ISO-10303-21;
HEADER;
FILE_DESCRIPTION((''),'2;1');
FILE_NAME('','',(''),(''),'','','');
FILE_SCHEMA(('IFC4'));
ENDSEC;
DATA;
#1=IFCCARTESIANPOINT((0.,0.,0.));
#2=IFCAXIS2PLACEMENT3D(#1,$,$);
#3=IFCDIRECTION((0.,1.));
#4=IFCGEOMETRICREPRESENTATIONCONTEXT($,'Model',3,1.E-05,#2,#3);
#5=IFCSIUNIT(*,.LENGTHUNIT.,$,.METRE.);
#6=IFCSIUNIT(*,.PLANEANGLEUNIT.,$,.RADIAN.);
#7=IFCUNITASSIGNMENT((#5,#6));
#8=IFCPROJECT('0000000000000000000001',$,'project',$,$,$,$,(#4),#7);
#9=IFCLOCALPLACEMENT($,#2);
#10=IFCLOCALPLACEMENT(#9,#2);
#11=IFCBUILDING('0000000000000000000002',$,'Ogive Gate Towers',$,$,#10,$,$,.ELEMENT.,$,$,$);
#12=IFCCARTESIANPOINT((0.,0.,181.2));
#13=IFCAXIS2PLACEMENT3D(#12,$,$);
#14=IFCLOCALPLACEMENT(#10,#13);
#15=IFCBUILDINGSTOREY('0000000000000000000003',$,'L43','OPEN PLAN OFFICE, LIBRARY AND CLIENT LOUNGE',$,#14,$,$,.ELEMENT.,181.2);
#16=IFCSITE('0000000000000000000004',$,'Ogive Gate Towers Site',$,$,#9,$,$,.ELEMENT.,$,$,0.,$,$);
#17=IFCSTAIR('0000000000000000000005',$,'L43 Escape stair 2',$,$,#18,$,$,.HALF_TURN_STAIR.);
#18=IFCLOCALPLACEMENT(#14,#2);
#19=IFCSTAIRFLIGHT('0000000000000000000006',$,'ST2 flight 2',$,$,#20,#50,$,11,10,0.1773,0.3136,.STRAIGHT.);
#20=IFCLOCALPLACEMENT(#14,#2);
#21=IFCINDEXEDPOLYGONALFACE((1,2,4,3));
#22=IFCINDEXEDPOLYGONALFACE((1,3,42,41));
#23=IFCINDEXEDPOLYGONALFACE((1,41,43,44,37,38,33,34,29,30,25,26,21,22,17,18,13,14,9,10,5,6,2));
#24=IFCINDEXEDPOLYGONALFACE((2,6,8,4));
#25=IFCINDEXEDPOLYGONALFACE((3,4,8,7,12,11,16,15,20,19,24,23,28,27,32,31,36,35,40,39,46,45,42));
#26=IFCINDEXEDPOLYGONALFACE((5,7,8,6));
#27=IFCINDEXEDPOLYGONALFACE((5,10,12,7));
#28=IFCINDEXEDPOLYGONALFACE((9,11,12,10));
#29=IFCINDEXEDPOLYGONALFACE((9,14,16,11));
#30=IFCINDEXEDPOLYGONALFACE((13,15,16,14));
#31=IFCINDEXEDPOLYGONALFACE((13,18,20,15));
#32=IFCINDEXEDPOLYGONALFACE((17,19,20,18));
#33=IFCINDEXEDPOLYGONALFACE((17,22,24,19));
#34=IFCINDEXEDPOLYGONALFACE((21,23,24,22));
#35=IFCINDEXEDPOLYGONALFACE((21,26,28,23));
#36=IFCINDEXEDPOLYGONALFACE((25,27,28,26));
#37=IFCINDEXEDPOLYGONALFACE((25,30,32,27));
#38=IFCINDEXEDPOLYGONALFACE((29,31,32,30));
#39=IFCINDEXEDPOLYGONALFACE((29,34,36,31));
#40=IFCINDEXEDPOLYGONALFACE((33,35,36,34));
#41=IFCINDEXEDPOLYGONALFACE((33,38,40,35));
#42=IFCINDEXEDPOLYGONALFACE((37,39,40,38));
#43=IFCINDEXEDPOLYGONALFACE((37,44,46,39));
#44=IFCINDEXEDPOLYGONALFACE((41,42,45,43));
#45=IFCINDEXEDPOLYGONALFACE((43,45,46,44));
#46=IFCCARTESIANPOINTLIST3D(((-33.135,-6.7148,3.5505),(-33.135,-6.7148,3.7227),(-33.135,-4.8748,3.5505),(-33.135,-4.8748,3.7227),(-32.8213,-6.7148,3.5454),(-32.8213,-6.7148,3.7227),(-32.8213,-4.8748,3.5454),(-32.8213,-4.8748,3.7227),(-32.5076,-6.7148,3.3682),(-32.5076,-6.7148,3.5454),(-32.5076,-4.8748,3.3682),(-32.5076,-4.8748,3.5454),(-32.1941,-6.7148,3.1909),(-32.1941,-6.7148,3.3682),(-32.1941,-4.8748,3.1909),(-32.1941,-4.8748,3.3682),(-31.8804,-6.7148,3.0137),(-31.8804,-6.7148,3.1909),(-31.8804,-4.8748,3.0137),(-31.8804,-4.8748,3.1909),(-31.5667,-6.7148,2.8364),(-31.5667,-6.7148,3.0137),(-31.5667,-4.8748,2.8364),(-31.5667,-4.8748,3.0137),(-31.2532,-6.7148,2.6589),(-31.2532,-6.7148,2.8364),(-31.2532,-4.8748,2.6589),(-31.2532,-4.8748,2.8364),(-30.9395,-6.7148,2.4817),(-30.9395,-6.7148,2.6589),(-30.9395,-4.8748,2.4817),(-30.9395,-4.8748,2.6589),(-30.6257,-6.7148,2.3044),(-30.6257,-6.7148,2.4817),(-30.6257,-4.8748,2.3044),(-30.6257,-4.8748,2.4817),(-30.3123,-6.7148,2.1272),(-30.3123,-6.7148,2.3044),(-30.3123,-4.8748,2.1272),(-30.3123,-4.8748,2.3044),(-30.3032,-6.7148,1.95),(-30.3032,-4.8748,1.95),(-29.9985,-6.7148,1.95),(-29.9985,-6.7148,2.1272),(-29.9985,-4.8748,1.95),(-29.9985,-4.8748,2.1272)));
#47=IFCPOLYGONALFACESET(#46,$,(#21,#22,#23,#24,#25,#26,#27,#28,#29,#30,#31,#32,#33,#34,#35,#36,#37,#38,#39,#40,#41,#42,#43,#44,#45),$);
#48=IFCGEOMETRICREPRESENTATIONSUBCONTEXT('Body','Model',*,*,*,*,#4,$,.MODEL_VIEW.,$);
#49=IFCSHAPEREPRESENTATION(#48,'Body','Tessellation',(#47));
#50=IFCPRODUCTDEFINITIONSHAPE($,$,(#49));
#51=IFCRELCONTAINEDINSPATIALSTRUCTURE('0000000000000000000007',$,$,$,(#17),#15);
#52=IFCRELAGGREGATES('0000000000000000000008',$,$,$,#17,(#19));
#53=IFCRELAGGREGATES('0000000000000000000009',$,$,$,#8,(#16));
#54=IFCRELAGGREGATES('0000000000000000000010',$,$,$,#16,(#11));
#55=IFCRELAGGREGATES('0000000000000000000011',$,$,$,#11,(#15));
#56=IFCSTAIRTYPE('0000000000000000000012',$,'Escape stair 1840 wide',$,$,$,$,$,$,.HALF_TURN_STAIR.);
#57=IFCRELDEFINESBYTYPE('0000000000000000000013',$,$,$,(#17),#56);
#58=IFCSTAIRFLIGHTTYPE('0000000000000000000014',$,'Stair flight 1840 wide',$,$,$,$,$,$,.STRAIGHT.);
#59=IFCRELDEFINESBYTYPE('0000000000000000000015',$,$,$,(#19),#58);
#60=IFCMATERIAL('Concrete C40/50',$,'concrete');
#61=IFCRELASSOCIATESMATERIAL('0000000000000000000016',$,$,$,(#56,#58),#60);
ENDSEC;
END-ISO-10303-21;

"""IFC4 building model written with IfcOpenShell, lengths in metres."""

from ifc_helpers import new_model, si_unit, direction, frame, origin, place, context, subcontext, project, spatial, polyline, outline, extrude, material, type_object, element, aggregate, save


model = new_model("IFC4")

# Units and contexts
model_context = context("Model", 3, precision=1e-05, world=origin(), true_north=direction((0.0, 1.0)))
body_context = subcontext(model_context, "Body", "Model", "MODEL_VIEW")
ifc_project = project(units=[si_unit("LENGTHUNIT", "METRE"), si_unit("PLANEANGLEUNIT", "RADIAN")], contexts=[model_context])

# Site, building, storey
site_placement = place(None, origin())
site = spatial("IfcSite", under=ifc_project, at=site_placement, Name="Ogive Gate Towers Site", CompositionType="ELEMENT", RefElevation=0.0)
building_placement = place(site_placement, origin())
building = spatial("IfcBuilding", under=site, at=building_placement, Name="Ogive Gate Towers", CompositionType="ELEMENT")
storey_placement = place(building_placement, frame((0.0, 0.0, 181.2)))
storey = spatial("IfcBuildingStorey", under=building, at=storey_placement, Name="L43", Description="OPEN PLAN OFFICE, LIBRARY AND CLIENT LOUNGE", CompositionType="ELEMENT", Elevation=181.2)

# Stair, stair flight
ifc_material_1 = material(Name="Concrete C40/50", Category="concrete")
stair_type = type_object("IfcStairType", Name="Escape stair 1840 wide", PredefinedType="HALF_TURN_STAIR", material=ifc_material_1)
stair_placement = place(storey_placement, origin())
stair = element("IfcStair", 1, at=stair_placement, inside=storey, type_object=stair_type, Name="L43 Escape stair 2", PredefinedType="HALF_TURN_STAIR")
stair_flight_type = type_object("IfcStairFlightType", Name="Stair flight 1840 wide", PredefinedType="STRAIGHT", material=ifc_material_1)
stair_flight_1_placement = place(storey_placement, frame((-29.9985, -5.7949, 1.95), z_axis=(0.0, 0.0, 1.0), x_axis=(-1.0, 0.0, 0.0)))
stair_flight_1 = element("IfcStairFlight", 2, at=stair_flight_1_placement, type_object=stair_flight_type, Name="ST2 flight 2", NumberOfRisers=11, NumberOfTreads=10, PredefinedType="STRAIGHT", RiserHeight=0.1773, TreadLength=0.3136, context=body_context, shape_type="SweptSolid", body=[
    extrude(outline(polyline([(0.0, 0.0), (0.0, 0.1772), (0.3137, 0.1772), (0.3137, 0.3545), (0.6272, 0.3545), (0.6272, 0.5317), (0.9409, 0.5317), (0.9409, 0.709), (1.2546, 0.709), (1.2546, 0.8865), (1.5681, 0.8865), (1.5681, 1.0637), (1.8818, 1.0637), (1.8818, 1.241), (2.1956, 1.241), (2.1956, 1.4182), (2.509, 1.4182), (2.509, 1.5955), (2.8228, 1.5955), (2.8228, 1.7727), (3.1365, 1.7727), (3.1365, 1.95), (3.1365, 1.6006), (0.3047, 0.0), (0.0, 0.0)])), frame((0.0, 0.9199, 0.0), z_axis=(0.0, -1.0, 0.0), x_axis=(1.0, 0.0, 0.0)), (0.0, 0.0, 1.0), 1.8401),
])
aggregate(stair, [stair_flight_1])

save(model, "model.ifc")
